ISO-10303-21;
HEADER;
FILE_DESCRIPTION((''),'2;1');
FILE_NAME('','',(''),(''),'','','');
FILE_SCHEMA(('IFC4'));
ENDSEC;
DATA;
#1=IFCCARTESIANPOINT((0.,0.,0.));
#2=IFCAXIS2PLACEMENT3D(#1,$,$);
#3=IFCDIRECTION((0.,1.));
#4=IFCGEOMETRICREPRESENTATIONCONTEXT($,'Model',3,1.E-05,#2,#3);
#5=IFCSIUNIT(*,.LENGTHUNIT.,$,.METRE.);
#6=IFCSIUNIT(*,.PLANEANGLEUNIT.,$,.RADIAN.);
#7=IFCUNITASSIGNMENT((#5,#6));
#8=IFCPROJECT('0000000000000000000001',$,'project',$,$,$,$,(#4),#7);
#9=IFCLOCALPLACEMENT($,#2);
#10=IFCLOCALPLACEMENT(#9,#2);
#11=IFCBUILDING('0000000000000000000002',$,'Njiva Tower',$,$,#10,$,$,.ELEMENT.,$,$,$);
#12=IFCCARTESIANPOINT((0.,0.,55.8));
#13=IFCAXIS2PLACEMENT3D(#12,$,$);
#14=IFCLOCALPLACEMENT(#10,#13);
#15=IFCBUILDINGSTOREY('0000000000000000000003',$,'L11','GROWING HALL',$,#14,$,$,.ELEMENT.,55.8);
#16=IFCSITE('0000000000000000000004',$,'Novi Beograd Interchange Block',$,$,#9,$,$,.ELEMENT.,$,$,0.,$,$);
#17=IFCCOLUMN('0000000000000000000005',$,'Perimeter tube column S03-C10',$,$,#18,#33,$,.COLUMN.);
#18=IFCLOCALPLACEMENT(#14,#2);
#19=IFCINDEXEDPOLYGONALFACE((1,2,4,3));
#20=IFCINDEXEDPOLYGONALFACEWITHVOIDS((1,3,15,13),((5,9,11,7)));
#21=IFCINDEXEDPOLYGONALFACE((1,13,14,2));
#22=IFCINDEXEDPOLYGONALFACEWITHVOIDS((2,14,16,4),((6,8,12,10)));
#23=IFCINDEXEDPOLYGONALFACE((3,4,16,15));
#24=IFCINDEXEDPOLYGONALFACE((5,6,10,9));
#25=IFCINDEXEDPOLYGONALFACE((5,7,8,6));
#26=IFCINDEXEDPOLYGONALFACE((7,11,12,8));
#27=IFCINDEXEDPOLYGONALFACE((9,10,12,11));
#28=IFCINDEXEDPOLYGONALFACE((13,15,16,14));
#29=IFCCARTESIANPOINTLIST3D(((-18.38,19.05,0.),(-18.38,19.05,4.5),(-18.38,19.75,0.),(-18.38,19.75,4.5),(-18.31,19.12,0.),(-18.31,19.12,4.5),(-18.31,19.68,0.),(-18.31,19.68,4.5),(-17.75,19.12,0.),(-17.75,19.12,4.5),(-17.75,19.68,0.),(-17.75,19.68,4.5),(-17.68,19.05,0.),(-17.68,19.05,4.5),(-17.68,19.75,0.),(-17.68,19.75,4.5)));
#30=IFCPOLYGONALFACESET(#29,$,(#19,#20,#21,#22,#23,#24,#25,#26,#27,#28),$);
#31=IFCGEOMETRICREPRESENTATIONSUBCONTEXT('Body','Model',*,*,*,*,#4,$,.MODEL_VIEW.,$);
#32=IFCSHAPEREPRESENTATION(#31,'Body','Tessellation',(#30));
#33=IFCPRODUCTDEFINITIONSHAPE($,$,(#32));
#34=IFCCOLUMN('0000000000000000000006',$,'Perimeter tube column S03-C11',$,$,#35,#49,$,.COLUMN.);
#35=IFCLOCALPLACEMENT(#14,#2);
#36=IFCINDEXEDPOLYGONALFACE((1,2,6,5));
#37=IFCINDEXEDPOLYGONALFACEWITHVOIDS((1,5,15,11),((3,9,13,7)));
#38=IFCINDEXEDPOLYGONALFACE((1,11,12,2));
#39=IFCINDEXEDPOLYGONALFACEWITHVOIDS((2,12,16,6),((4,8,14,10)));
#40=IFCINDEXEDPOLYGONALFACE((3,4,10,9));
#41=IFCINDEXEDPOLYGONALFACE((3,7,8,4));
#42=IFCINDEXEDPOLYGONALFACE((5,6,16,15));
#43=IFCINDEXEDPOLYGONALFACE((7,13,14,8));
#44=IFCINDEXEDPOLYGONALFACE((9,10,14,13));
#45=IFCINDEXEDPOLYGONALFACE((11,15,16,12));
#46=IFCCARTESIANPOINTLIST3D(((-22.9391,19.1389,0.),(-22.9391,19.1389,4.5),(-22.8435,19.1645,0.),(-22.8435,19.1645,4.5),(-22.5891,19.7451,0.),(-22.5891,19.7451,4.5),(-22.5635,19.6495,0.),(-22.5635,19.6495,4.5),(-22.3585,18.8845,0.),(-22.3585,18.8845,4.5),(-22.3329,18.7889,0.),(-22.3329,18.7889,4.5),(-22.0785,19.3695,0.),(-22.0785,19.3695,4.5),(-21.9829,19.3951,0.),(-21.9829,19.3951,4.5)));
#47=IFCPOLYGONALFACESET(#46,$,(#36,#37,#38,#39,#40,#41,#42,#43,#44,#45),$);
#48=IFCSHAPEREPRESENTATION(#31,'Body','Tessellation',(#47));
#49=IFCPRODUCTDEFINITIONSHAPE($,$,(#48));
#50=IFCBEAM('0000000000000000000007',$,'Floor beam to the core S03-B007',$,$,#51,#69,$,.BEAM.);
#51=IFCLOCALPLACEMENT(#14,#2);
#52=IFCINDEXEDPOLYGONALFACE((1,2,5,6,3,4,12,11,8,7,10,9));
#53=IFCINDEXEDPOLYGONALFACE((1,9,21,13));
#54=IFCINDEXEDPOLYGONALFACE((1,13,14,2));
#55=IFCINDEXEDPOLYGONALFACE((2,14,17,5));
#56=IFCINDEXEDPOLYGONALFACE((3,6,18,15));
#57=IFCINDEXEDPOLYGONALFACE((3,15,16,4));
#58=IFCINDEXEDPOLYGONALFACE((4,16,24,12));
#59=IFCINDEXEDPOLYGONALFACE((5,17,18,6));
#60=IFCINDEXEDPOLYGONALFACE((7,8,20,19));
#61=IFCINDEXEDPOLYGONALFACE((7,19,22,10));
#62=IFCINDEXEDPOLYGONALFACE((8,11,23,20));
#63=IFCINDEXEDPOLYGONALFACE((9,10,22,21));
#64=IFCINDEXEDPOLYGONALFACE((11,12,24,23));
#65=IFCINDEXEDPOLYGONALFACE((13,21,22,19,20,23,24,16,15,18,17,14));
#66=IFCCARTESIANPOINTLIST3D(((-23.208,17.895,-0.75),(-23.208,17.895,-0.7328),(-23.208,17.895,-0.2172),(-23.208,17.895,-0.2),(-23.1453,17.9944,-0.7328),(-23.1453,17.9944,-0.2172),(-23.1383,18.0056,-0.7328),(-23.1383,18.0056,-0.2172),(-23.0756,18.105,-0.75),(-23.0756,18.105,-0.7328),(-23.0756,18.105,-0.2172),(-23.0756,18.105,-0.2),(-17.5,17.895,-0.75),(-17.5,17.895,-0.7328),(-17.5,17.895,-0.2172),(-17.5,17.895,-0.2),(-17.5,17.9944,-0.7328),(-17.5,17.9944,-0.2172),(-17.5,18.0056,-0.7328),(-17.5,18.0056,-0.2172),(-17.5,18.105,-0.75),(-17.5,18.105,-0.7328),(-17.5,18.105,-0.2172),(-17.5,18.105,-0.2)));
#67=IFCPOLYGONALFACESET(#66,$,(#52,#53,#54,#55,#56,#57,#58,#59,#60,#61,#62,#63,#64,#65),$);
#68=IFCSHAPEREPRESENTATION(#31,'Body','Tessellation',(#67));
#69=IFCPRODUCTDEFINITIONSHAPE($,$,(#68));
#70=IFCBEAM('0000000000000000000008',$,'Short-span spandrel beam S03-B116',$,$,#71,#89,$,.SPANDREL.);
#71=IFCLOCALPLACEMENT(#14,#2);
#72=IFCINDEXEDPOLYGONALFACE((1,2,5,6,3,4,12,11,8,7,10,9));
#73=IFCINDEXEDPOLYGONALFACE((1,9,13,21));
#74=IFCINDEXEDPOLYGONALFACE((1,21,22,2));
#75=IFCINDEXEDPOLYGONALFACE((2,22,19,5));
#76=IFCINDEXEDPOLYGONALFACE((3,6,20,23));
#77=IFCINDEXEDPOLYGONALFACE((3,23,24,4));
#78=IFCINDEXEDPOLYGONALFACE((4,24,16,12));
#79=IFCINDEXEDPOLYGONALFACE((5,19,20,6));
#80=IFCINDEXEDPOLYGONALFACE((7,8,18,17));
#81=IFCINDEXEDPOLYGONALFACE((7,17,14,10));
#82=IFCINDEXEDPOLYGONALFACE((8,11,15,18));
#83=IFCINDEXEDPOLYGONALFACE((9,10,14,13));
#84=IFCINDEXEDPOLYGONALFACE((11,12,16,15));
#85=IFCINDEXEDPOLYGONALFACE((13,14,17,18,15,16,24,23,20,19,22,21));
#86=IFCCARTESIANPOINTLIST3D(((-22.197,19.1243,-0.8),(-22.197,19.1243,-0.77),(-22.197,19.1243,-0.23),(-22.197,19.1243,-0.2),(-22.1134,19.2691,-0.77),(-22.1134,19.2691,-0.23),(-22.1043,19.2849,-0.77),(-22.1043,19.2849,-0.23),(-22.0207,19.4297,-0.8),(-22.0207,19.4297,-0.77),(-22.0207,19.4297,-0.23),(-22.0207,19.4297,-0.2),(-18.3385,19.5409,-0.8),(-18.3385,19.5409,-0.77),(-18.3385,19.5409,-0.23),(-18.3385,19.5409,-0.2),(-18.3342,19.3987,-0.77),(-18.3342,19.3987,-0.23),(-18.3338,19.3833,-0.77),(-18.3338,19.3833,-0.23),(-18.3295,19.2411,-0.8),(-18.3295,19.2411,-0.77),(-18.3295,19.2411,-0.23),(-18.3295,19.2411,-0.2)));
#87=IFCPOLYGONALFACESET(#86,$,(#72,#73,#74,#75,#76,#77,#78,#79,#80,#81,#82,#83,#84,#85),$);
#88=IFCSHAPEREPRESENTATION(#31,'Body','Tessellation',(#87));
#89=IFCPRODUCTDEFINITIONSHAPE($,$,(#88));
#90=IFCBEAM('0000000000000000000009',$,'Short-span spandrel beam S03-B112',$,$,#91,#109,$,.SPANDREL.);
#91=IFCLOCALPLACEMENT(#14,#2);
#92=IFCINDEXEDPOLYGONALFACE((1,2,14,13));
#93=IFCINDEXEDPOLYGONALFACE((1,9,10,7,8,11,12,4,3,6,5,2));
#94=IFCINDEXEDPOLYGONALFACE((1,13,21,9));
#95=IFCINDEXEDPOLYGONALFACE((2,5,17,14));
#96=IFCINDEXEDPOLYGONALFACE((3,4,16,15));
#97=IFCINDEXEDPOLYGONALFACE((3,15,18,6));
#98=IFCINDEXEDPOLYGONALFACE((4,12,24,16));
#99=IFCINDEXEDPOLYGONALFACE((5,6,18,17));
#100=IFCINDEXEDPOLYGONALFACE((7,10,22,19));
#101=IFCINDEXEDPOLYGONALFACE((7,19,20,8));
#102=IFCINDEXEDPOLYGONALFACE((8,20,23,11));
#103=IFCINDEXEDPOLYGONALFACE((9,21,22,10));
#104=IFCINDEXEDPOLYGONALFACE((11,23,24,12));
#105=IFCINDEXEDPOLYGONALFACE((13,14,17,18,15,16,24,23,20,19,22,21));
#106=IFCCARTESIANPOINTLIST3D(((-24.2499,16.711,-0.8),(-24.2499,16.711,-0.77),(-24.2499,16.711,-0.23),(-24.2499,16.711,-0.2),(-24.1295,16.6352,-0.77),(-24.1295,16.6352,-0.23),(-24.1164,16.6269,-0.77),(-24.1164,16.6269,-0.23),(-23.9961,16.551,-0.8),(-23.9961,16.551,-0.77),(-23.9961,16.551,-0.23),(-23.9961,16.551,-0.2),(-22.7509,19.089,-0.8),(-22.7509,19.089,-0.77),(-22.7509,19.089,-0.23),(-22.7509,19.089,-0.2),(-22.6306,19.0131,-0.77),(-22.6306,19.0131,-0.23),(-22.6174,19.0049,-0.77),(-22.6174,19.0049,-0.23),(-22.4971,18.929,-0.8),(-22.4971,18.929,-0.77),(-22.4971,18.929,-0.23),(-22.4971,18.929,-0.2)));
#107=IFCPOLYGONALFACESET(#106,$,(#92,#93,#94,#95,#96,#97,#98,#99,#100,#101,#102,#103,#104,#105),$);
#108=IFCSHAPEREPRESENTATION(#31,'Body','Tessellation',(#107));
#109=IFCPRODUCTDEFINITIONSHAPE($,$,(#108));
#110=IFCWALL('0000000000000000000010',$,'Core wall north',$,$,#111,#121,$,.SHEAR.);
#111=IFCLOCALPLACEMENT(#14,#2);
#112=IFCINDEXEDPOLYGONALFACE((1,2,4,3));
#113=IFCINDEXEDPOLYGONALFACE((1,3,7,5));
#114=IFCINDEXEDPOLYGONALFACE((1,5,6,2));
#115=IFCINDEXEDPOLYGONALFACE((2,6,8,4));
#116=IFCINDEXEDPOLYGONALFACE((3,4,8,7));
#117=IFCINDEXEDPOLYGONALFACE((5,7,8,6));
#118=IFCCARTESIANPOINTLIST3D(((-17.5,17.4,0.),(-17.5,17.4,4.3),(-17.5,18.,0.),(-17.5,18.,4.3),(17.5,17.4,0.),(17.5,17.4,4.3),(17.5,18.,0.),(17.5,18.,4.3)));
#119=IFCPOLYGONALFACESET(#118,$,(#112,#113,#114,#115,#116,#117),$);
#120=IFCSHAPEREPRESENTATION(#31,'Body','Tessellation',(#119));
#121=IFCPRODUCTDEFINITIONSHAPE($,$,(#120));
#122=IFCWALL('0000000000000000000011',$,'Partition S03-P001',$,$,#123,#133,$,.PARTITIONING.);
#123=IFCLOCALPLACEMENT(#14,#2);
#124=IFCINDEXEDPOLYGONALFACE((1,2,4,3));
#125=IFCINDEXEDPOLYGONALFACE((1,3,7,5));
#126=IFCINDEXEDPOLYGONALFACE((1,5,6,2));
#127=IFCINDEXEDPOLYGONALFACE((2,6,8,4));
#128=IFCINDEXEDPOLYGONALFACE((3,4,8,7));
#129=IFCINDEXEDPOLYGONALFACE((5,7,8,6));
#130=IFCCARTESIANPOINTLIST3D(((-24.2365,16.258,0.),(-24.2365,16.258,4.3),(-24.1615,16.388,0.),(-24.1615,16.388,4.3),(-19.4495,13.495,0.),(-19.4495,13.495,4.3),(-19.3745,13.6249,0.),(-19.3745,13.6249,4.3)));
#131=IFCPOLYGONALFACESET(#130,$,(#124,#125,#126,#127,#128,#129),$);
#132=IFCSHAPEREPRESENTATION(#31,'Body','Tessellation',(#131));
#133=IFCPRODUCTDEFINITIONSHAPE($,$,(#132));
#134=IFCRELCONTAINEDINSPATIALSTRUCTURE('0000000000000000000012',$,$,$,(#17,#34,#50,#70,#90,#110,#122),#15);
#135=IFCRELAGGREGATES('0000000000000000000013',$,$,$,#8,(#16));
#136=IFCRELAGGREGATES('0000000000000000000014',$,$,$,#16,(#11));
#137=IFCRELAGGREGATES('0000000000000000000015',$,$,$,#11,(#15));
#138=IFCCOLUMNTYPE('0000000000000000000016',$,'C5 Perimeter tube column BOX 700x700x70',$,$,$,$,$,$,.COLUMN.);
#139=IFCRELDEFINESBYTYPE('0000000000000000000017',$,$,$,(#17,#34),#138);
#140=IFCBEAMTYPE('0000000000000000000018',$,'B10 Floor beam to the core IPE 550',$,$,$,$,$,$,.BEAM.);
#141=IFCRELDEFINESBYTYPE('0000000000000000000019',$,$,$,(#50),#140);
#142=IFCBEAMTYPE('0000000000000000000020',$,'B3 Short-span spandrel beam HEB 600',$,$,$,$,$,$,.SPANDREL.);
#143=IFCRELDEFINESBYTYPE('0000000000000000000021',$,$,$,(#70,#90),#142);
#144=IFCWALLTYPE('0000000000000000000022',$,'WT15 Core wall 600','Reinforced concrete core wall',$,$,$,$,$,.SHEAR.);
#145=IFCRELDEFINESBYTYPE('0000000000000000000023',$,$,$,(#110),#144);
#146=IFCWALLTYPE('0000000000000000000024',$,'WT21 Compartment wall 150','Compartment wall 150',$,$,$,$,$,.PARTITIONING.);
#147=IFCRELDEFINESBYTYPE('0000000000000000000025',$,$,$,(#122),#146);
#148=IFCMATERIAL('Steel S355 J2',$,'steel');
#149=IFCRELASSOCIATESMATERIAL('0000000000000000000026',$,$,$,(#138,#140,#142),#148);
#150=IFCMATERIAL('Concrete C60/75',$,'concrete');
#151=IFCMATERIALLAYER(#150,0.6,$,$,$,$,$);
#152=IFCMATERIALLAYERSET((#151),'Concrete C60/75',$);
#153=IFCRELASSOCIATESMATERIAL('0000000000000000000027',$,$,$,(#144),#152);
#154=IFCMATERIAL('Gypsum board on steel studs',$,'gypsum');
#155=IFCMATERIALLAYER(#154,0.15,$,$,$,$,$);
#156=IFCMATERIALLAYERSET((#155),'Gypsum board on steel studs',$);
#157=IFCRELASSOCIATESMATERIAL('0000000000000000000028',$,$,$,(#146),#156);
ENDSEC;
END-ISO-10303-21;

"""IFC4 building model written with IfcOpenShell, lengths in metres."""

from ifc_helpers import new_model, si_unit, direction, frame, frame_2d, origin, origin_2d, place, context, subcontext, project, spatial, rectangle, hollow_rectangle, i_section, extrude, clip, halfspace, material, layer, layer_set, material_profile, profile_set, type_object, element, save


model = new_model("IFC4")

# Units and contexts
model_context = context("Model", 3, precision=1e-05, world=origin(), true_north=direction((0.0, 1.0)))
body_context = subcontext(model_context, "Body", "Model", "MODEL_VIEW")
ifc_project = project(units=[si_unit("LENGTHUNIT", "METRE"), si_unit("PLANEANGLEUNIT", "RADIAN")], contexts=[model_context])

# Site, building, storey
site_placement = place(None, origin())
site = spatial("IfcSite", under=ifc_project, at=site_placement, Name="Novi Beograd Interchange Block", CompositionType="ELEMENT", RefElevation=0.0)
building_placement = place(site_placement, origin())
building = spatial("IfcBuilding", under=site, at=building_placement, Name="Njiva Tower", CompositionType="ELEMENT")
storey_placement = place(building_placement, frame((0.0, 0.0, 55.8)))
storey = spatial("IfcBuildingStorey", under=building, at=storey_placement, Name="L11", Description="GROWING HALL", CompositionType="ELEMENT", Elevation=55.8)

# Columns
ifc_material_1 = material(Name="Steel S355 J2", Category="steel")
ifc_material_profile_1 = material_profile(ifc_material_1, hollow_rectangle(XDim=0.7, YDim=0.7, WallThickness=0.07, at=origin_2d()), Name="BOX 700x700x70")
ifc_profile_set_1 = profile_set([ifc_material_profile_1], Name="Steel S355 J2")
column_type = type_object("IfcColumnType", Name="C5 Perimeter tube column BOX 700x700x70", PredefinedType="COLUMN", material=ifc_profile_set_1)
for number, where, z_axis, x_axis, name in (
    (1, (-18.03, 19.4, 0.0), (0.0, 0.0, 1.0), (-1.0, 0.0, 0.0), "Perimeter tube column S03-C10"),
    (2, (-22.461, 19.267, 0.0), (0.0, 0.0, 1.0), (-0.5, -0.866025, 0.0), "Perimeter tube column S03-C11"),
):
    element("IfcColumn", number, at=place(storey_placement, frame(where, z_axis=z_axis, x_axis=x_axis)), inside=storey, type_object=column_type, Name=name, PredefinedType="COLUMN", context=body_context, shape_type="SweptSolid", body=[
        extrude(hollow_rectangle(XDim=0.7, YDim=0.7, WallThickness=0.07, at=origin_2d()), origin(), (0.0, 0.0, 1.0), 4.5),
    ])

# Beams
ifc_material_profile_2 = material_profile(ifc_material_1, i_section(OverallWidth=0.21, OverallDepth=0.55, WebThickness=0.0111, FlangeThickness=0.0172, at=origin_2d()), Name="IPE 550")
ifc_profile_set_2 = profile_set([ifc_material_profile_2], Name="Steel S355 J2")
beam_type_1 = type_object("IfcBeamType", Name="B10 Floor beam to the core IPE 550", PredefinedType="BEAM", material=ifc_profile_set_2)
beam_1_placement = place(storey_placement, frame((-23.228, 18.0, -0.475), z_axis=(1.0, 0.0, 0.0), x_axis=(0.0, 1.0, 0.0)))
element("IfcBeam", 3, at=beam_1_placement, inside=storey, type_object=beam_type_1, Name="Floor beam to the core S03-B007", PredefinedType="BEAM", context=body_context, shape_type="Clipping", body=[
    clip(extrude(i_section(OverallWidth=0.21, OverallDepth=0.55, WebThickness=0.0111, FlangeThickness=0.0172, at=origin_2d()), origin(), (0.0, 0.0, 1.0), 5.728), halfspace(frame((0.0267, 0.0, 0.103), z_axis=(0.533317, 0.0, -0.845915), x_axis=(0.0, -1.0, 0.0)), False)),
])
ifc_material_profile_3 = material_profile(ifc_material_1, i_section(OverallWidth=0.3, OverallDepth=0.6, WebThickness=0.0155, FlangeThickness=0.03, at=origin_2d()), Name="HEB 600")
ifc_profile_set_3 = profile_set([ifc_material_profile_3], Name="Steel S355 J2")
beam_type_2 = type_object("IfcBeamType", Name="B3 Short-span spandrel beam HEB 600", PredefinedType="SPANDREL", material=ifc_profile_set_3)
beam_2_placement = place(storey_placement, frame((-18.334, 19.391, -0.5), z_axis=(-0.999544, -0.030185, 0.0), x_axis=(0.030185, -0.999544, 0.0)))
element("IfcBeam", 4, at=beam_2_placement, inside=storey, type_object=beam_type_2, Name="Short-span spandrel beam S03-B116", PredefinedType="SPANDREL", context=body_context, shape_type="Clipping", body=[
    clip(extrude(i_section(OverallWidth=0.3, OverallDepth=0.6, WebThickness=0.0155, FlangeThickness=0.03, at=origin_2d()), origin(), (0.0, 0.0, 1.0), 3.8897), halfspace(frame((-0.0268, 0.0, 3.76), z_axis=(-0.525911, 0.0, 0.85054), x_axis=(0.0, 1.0, 0.0)), False)),
])
beam_3_placement = place(storey_placement, frame((-22.624, 19.009, -0.5), z_axis=(-0.533257, -0.845954, 0.0), x_axis=(0.845954, -0.533257, 0.0)))
element("IfcBeam", 5, at=beam_3_placement, inside=storey, type_object=beam_type_2, Name="Short-span spandrel beam S03-B112", PredefinedType="SPANDREL", context=body_context, shape_type="SweptSolid", body=[
    extrude(i_section(OverallWidth=0.3, OverallDepth=0.6, WebThickness=0.0155, FlangeThickness=0.03, at=origin_2d()), origin(), (0.0, 0.0, 1.0), 2.811),
])

# Walls
ifc_material_2 = material(Name="Concrete C60/75", Category="concrete")
ifc_layer_1 = layer(ifc_material_2, 0.6)
ifc_layer_set_1 = layer_set([ifc_layer_1], Name="Concrete C60/75")
wall_type_1 = type_object("IfcWallType", Name="WT15 Core wall 600", Description="Reinforced concrete core wall", PredefinedType="SHEAR", material=ifc_layer_set_1)
wall_1_placement = place(storey_placement, frame((-17.5, 17.7, 0.0), z_axis=(0.0, 0.0, 1.0), x_axis=(1.0, 0.0, 0.0)))
element("IfcWall", 6, at=wall_1_placement, inside=storey, type_object=wall_type_1, Name="Core wall north", PredefinedType="SHEAR", context=body_context, shape_type="SweptSolid", body=[
    extrude(rectangle(XDim=35.0, YDim=0.6, at=frame_2d((17.5, 0.0))), origin(), (0.0, 0.0, 1.0), 4.3),
])
ifc_material_3 = material(Name="Gypsum board on steel studs", Category="gypsum")
ifc_layer_2 = layer(ifc_material_3, 0.15)
ifc_layer_set_2 = layer_set([ifc_layer_2], Name="Gypsum board on steel studs")
wall_type_2 = type_object("IfcWallType", Name="WT21 Compartment wall 150", Description="Compartment wall 150", PredefinedType="PARTITIONING", material=ifc_layer_set_2)
wall_2_placement = place(storey_placement, frame((-24.199, 16.323, 0.0), z_axis=(0.0, 0.0, 1.0), x_axis=(0.866086, -0.499895, 0.0)))
element("IfcWall", 7, at=wall_2_placement, inside=storey, type_object=wall_type_2, Name="Partition S03-P001", PredefinedType="PARTITIONING", context=body_context, shape_type="SweptSolid", body=[
    extrude(rectangle(XDim=5.5272, YDim=0.15, at=frame_2d((2.7636, 0.0))), origin(), (0.0, 0.0, 1.0), 4.3),
])

save(model, "model.ifc")
